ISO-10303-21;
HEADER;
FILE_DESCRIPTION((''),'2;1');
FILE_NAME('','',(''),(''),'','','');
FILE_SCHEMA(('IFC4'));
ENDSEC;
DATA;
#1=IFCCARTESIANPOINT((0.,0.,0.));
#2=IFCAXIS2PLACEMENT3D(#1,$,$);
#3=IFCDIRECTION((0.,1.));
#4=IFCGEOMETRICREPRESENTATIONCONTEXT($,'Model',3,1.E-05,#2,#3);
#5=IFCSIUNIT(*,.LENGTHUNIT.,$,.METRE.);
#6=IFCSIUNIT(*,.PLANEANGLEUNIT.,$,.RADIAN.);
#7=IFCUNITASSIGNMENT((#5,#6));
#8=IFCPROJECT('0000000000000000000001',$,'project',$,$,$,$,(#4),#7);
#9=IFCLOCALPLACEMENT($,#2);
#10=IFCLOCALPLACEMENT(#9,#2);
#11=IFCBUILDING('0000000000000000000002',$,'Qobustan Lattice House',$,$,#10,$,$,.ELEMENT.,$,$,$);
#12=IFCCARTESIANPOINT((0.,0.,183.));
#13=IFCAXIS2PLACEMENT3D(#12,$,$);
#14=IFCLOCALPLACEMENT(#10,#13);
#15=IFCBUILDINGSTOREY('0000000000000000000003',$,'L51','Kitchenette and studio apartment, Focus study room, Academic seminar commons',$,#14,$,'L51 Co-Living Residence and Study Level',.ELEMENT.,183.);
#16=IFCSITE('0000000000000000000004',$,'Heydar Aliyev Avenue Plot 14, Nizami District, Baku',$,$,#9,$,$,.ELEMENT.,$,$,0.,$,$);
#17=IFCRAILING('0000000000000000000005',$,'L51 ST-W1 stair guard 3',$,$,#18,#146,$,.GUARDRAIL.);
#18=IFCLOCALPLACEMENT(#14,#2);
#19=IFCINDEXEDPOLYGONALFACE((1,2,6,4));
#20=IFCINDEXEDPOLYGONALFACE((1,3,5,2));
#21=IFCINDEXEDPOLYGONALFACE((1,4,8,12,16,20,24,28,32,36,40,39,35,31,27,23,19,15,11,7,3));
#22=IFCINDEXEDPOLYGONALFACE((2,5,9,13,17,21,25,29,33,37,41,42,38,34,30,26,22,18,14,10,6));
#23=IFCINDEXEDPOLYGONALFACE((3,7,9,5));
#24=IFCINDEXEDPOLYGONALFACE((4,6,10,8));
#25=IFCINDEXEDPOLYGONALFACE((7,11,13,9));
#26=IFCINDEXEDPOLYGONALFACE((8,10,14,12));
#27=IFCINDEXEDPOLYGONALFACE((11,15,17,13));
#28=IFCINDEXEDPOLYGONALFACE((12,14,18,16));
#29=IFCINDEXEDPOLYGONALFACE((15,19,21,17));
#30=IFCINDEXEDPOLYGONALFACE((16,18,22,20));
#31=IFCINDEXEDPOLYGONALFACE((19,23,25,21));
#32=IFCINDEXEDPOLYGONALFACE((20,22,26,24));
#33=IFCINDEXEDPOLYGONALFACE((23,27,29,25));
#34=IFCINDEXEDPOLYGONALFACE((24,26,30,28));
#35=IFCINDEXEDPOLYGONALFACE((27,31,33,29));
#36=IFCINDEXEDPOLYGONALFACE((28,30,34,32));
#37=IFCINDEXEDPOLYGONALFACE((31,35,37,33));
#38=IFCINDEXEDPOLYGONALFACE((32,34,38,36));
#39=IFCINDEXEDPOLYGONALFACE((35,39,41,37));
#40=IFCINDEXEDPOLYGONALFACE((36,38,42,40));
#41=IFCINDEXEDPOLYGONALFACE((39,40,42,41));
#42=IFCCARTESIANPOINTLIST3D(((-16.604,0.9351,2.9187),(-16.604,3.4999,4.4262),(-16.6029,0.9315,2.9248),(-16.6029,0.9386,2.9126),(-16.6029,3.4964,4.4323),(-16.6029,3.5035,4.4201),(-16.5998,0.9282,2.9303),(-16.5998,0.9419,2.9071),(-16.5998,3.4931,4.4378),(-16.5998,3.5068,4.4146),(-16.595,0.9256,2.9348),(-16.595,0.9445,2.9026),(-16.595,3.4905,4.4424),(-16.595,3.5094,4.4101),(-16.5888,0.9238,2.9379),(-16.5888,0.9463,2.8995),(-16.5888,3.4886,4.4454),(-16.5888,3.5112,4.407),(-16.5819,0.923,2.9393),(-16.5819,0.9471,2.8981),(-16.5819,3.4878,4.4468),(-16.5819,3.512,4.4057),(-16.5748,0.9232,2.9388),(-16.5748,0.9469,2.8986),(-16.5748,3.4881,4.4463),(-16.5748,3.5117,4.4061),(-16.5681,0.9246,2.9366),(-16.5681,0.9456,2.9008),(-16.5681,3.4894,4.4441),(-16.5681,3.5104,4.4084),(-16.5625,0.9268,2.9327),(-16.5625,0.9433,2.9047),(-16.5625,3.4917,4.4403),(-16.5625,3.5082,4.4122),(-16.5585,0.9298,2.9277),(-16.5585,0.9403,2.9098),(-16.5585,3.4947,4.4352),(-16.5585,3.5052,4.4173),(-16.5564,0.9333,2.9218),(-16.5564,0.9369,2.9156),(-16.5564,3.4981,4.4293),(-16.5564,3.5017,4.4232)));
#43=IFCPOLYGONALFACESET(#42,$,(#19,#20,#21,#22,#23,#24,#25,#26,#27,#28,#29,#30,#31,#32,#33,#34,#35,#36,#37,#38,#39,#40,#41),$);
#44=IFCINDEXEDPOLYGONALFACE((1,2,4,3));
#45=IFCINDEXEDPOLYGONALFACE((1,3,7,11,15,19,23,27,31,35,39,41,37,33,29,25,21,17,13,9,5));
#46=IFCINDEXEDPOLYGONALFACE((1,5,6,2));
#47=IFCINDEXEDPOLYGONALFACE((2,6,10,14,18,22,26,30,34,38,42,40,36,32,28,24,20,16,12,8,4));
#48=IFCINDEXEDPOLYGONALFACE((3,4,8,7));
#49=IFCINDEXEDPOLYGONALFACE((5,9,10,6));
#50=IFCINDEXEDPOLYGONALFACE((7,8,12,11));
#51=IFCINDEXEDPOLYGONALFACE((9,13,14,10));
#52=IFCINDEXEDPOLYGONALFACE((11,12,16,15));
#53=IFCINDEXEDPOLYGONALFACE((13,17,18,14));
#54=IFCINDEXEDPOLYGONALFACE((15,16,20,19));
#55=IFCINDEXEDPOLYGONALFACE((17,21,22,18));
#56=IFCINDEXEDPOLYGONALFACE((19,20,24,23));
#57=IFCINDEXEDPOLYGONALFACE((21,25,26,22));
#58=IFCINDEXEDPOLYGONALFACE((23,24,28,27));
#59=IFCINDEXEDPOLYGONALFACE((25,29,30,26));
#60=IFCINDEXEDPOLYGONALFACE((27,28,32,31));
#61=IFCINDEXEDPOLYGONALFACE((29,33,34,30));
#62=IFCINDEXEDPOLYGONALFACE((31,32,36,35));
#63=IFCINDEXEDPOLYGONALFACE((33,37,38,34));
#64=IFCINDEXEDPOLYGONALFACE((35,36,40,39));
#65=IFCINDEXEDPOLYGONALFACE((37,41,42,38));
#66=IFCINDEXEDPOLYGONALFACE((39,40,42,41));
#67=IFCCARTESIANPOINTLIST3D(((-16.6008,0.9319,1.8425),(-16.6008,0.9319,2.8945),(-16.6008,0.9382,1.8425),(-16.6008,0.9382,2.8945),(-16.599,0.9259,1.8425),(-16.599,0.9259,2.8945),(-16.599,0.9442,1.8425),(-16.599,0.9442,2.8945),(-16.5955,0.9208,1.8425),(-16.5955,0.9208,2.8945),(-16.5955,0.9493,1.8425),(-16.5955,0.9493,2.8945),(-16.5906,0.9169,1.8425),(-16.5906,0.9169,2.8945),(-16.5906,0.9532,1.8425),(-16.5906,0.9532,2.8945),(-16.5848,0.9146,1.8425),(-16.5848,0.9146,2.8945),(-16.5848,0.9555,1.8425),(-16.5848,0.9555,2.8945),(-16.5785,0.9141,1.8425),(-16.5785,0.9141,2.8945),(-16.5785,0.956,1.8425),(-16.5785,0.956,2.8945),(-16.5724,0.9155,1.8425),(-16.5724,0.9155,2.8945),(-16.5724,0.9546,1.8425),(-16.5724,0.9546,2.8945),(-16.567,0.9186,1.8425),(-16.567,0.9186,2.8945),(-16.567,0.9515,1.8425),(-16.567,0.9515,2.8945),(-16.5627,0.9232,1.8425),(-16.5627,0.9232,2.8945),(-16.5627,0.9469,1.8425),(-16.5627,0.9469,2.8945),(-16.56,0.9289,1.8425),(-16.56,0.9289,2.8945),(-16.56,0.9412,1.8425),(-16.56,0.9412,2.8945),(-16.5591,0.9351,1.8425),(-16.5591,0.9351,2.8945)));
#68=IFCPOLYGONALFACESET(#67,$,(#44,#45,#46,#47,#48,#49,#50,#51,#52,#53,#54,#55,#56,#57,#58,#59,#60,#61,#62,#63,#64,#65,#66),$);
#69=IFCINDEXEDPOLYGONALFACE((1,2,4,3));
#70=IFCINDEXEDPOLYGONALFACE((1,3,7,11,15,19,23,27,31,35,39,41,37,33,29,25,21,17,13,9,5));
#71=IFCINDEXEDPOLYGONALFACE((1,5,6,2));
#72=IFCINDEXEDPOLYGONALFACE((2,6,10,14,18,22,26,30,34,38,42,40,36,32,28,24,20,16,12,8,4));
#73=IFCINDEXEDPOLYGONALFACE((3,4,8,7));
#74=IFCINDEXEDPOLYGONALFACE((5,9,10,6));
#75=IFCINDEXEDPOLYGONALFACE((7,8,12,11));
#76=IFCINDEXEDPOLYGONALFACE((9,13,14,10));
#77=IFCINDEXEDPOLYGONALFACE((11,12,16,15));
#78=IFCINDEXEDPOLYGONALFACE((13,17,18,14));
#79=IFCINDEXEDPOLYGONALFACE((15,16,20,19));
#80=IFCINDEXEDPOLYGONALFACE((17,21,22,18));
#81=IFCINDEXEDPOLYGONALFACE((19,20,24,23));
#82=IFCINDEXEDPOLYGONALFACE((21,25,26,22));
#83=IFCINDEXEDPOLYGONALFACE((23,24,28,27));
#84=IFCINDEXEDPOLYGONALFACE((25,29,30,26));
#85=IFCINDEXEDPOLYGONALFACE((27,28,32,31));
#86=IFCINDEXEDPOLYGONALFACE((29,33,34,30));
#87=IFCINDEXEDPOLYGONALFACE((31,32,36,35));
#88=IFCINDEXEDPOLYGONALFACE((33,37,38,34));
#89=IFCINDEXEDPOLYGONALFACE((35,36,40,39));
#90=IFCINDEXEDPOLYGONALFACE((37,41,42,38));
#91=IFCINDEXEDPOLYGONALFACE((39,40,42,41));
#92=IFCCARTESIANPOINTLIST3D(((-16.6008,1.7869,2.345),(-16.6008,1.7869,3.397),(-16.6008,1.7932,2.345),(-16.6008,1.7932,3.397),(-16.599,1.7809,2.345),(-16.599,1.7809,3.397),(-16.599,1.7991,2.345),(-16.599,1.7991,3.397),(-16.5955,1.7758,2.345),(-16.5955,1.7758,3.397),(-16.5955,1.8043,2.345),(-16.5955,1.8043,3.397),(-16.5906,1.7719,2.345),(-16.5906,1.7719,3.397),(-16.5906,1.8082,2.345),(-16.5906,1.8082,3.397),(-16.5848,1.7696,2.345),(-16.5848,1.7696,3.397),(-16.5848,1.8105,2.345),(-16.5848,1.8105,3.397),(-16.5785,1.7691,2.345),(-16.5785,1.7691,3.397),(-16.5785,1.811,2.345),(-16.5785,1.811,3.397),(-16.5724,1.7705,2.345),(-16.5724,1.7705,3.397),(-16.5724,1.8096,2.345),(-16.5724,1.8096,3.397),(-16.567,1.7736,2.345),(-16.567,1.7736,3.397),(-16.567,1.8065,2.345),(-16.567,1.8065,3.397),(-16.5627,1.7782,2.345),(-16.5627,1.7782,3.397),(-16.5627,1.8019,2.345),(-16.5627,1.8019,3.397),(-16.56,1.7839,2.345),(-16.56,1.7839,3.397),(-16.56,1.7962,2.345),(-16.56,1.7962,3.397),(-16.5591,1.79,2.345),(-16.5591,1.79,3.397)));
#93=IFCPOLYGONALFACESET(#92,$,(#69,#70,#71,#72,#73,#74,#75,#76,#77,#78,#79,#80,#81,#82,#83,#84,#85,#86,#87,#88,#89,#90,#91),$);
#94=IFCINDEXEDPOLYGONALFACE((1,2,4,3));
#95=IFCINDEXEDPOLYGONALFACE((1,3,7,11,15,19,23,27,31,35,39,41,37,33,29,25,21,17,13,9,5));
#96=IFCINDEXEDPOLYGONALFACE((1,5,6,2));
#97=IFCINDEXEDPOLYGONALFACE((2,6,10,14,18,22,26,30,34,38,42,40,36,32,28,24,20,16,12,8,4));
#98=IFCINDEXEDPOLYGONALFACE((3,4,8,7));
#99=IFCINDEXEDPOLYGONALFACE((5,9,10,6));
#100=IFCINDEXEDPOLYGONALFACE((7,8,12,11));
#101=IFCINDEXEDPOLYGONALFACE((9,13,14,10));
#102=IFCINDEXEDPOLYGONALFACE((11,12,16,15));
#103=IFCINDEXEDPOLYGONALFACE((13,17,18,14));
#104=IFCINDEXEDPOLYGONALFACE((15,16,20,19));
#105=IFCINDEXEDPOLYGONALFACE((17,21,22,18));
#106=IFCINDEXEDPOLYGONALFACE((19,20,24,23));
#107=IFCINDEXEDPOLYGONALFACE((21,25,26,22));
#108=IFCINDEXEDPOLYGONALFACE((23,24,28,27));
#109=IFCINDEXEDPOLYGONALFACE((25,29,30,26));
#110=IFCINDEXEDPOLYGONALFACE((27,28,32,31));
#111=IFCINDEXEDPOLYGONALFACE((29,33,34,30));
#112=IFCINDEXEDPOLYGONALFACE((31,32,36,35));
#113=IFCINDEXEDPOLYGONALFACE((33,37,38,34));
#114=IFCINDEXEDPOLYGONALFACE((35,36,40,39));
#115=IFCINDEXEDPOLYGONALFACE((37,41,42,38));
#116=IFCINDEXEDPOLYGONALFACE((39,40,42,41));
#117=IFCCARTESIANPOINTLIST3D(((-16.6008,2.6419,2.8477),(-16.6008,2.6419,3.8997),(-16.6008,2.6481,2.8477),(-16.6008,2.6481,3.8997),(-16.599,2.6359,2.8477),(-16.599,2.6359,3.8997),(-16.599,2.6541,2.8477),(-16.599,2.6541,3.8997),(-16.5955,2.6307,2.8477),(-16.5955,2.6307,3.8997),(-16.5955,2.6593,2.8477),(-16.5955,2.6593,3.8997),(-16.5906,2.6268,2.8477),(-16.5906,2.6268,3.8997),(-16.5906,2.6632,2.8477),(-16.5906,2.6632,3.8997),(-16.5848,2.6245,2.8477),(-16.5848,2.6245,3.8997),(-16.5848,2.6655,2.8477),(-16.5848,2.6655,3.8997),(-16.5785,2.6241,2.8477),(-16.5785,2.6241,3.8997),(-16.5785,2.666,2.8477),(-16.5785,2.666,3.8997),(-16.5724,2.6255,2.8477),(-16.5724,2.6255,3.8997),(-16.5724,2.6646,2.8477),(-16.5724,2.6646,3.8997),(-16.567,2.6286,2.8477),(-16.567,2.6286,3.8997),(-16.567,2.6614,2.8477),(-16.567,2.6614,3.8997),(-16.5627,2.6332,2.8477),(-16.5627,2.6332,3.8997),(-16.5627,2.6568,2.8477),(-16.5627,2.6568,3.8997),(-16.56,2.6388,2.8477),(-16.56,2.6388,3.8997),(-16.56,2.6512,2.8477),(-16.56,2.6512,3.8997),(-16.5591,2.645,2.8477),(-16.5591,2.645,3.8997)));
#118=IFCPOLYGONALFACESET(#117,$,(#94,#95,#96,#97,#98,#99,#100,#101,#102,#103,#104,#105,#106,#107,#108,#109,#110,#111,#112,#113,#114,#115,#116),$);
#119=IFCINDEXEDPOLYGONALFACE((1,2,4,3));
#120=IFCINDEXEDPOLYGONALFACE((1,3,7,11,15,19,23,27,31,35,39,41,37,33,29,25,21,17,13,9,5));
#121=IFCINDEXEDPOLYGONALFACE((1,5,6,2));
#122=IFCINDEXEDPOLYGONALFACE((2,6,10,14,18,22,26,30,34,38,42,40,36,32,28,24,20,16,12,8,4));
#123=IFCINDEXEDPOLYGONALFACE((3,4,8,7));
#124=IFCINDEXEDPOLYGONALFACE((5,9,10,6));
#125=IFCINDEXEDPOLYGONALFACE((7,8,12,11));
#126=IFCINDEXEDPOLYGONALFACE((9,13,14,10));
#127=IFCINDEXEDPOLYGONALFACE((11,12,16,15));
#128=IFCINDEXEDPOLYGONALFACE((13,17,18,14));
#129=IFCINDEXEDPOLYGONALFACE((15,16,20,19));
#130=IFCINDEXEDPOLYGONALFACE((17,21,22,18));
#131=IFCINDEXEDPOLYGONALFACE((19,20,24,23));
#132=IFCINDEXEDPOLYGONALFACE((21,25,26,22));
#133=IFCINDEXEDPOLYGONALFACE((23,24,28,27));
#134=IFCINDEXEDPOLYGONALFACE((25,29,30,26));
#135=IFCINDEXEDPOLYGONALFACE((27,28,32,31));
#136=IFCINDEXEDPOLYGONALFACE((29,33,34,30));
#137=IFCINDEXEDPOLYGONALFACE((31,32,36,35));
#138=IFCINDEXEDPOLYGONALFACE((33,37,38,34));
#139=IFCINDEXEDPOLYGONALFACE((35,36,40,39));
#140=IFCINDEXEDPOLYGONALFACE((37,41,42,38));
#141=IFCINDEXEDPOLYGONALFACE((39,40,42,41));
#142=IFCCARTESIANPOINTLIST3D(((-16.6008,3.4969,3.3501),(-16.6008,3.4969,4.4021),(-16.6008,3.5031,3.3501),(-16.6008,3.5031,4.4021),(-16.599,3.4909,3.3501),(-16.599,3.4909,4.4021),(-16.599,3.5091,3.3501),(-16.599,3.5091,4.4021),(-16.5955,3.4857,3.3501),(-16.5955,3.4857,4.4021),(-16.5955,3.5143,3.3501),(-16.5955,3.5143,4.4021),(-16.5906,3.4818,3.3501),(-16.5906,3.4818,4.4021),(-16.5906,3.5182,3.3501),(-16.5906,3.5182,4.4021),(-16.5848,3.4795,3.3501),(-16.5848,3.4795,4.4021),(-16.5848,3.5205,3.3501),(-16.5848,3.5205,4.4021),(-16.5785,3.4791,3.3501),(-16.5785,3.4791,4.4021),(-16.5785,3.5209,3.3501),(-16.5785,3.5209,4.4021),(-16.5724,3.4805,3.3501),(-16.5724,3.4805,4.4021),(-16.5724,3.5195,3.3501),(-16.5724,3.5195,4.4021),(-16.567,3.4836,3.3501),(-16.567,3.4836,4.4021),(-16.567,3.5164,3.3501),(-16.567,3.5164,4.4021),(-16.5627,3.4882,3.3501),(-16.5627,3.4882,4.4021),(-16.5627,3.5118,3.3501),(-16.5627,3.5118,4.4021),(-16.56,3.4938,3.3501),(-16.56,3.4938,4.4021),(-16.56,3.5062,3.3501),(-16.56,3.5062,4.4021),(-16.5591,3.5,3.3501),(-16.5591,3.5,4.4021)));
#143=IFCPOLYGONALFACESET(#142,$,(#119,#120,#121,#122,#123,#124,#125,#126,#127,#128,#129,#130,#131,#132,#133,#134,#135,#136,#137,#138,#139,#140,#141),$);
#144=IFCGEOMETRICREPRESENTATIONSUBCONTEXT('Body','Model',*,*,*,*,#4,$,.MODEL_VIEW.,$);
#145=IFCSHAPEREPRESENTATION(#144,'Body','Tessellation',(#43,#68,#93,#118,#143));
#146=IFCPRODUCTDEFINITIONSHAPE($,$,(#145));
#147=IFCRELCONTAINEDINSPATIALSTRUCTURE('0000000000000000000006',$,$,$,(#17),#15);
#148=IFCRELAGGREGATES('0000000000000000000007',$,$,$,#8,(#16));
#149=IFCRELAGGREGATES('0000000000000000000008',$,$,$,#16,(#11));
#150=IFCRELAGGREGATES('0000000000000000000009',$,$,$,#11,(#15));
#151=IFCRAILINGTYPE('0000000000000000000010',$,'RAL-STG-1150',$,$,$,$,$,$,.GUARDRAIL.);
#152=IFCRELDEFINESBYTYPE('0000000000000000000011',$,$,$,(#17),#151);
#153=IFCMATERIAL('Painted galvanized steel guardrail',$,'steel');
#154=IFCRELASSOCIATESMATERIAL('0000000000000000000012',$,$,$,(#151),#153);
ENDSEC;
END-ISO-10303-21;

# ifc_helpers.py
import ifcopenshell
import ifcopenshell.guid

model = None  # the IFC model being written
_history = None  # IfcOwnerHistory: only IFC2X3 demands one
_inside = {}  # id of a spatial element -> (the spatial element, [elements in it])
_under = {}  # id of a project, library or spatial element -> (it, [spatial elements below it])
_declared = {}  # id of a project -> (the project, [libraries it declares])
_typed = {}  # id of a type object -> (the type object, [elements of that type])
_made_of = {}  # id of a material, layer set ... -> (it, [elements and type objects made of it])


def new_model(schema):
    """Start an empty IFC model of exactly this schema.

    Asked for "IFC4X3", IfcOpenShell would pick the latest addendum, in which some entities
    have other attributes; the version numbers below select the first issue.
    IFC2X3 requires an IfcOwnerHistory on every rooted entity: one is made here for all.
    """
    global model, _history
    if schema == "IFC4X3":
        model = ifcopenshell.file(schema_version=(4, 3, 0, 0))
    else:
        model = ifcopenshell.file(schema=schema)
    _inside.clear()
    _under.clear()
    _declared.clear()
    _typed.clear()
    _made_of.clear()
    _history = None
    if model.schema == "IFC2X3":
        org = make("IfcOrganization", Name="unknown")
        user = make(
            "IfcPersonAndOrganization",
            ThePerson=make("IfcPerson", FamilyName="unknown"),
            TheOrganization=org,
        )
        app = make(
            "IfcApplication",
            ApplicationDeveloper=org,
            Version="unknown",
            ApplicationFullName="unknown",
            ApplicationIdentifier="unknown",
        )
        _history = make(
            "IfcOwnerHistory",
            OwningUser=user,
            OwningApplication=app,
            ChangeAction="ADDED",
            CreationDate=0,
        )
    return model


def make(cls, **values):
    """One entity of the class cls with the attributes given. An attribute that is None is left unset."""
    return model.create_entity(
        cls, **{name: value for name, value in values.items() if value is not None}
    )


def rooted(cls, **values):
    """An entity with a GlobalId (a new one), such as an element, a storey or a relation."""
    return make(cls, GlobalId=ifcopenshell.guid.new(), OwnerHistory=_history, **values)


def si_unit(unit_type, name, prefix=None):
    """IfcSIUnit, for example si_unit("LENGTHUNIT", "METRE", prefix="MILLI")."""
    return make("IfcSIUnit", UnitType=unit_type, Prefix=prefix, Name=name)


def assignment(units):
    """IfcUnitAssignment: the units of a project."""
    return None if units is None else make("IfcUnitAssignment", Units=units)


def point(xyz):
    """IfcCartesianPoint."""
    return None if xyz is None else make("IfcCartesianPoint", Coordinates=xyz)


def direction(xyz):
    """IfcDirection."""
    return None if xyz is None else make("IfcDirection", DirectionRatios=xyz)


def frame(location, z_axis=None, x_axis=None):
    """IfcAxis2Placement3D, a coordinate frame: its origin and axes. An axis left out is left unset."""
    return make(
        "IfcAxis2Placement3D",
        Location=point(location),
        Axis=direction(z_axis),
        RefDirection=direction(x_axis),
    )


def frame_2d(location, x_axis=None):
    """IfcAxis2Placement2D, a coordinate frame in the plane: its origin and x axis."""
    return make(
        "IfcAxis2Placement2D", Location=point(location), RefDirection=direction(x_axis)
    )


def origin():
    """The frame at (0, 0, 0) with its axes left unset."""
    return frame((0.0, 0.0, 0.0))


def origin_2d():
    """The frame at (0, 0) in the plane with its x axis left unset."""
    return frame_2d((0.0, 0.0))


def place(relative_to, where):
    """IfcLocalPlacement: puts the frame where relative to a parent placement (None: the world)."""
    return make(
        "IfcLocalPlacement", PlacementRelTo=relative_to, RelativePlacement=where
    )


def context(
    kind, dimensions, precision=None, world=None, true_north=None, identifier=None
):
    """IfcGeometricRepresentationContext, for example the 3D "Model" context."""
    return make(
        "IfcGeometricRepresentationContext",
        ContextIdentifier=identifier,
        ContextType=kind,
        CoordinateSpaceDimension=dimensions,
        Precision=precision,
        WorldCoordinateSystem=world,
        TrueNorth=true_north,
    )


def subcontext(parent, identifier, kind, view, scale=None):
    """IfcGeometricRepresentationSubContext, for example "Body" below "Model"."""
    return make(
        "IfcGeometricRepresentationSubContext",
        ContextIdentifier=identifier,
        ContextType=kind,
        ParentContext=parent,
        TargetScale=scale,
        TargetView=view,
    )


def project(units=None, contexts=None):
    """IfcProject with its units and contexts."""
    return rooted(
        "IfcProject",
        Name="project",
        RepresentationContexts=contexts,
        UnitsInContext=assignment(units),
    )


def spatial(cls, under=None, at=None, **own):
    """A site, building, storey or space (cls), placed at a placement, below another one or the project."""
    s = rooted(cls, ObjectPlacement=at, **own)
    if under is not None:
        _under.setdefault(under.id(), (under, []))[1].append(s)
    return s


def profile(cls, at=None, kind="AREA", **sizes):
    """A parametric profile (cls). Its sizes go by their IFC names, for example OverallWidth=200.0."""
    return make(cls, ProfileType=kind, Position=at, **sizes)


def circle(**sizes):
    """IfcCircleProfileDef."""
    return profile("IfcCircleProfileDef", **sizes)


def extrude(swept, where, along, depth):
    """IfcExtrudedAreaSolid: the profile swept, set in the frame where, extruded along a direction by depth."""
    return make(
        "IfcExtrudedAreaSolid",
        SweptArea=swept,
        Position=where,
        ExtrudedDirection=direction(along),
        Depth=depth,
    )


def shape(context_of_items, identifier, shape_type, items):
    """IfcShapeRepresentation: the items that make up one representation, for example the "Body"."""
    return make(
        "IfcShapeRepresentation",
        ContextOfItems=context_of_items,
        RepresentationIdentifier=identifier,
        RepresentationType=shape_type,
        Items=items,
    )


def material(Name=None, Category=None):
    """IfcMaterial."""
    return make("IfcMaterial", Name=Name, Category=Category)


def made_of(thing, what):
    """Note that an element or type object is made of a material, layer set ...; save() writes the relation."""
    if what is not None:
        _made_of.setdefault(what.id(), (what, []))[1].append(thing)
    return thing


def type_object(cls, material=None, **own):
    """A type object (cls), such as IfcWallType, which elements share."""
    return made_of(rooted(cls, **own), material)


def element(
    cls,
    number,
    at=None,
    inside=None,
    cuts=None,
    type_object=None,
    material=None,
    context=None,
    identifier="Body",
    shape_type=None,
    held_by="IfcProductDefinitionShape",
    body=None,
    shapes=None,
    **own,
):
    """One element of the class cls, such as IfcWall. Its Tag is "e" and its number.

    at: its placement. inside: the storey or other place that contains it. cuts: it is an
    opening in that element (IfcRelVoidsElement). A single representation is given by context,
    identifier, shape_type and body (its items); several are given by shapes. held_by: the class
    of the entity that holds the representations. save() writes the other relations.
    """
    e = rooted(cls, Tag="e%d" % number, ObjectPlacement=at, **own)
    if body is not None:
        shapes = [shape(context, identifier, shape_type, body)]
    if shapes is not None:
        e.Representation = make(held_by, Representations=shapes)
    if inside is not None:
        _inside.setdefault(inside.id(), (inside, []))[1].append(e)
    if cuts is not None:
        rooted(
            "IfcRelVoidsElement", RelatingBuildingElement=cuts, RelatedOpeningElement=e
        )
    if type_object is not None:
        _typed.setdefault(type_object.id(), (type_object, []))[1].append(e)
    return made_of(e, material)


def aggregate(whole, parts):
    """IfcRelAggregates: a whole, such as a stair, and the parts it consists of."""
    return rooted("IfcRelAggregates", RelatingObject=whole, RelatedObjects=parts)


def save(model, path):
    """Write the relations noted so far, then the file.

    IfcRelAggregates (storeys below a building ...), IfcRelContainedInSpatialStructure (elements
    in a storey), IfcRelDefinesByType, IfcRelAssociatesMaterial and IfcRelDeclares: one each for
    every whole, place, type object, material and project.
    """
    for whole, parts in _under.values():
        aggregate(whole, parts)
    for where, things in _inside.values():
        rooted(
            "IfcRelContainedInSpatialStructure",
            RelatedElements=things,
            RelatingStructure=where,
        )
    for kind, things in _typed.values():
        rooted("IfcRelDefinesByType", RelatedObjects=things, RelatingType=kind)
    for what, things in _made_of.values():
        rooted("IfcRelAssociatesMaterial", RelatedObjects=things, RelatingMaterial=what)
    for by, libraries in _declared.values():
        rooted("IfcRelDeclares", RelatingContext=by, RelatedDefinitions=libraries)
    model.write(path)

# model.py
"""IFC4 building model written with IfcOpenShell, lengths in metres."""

from ifc_helpers import new_model, si_unit, direction, frame, origin, origin_2d, place, context, subcontext, project, spatial, circle, extrude, material, type_object, element, save


model = new_model("IFC4")

# Units and contexts
model_context = context("Model", 3, precision=1e-05, world=origin(), true_north=direction((0.0, 1.0)))
body_context = subcontext(model_context, "Body", "Model", "MODEL_VIEW")
ifc_project = project(units=[si_unit("LENGTHUNIT", "METRE"), si_unit("PLANEANGLEUNIT", "RADIAN")], contexts=[model_context])

# Site, building, storey
site_placement = place(None, origin())
site = spatial("IfcSite", under=ifc_project, at=site_placement, Name="Heydar Aliyev Avenue Plot 14, Nizami District, Baku", CompositionType="ELEMENT", RefElevation=0.0)
building_placement = place(site_placement, origin())
building = spatial("IfcBuilding", under=site, at=building_placement, Name="Qobustan Lattice House", CompositionType="ELEMENT")
storey_placement = place(building_placement, frame((0.0, 0.0, 183.0)))
storey = spatial("IfcBuildingStorey", under=building, at=storey_placement, Name="L51", Description="Kitchenette and studio apartment, Focus study room, Academic seminar commons", LongName="L51 Co-Living Residence and Study Level", CompositionType="ELEMENT", Elevation=183.0)

# Railing
ifc_material_1 = material(Name="Painted galvanized steel guardrail", Category="steel")
railing_type_1 = type_object("IfcRailingType", Name="RAL-STG-1150", PredefinedType="GUARDRAIL", material=ifc_material_1)
railing_1_placement = place(storey_placement, frame((-16.5801, 0.9351, 1.8425)))
element("IfcRailing", 1, at=railing_1_placement, inside=storey, type_object=railing_type_1, Name="L51 ST-W1 stair guard 3", PredefinedType="GUARDRAIL", context=body_context, shape_type="SweptSolid", body=[
    extrude(circle(Radius=0.0239, at=origin_2d()), frame((0.0, 0.0, 1.0762), z_axis=(0.0, 0.862113, 0.506715), x_axis=(-1.0, 0.0, 0.0)), (0.0, 0.0, 1.0), 2.9751),
    extrude(circle(Radius=0.021, at=origin_2d()), origin(), (0.0, 0.0, 1.0), 1.052),
    extrude(circle(Radius=0.021, at=origin_2d()), frame((0.0, 0.855, 0.5024)), (0.0, 0.0, 1.0), 1.052),
    extrude(circle(Radius=0.021, at=origin_2d()), frame((0.0, 1.71, 1.0051)), (0.0, 0.0, 1.0), 1.052),
    extrude(circle(Radius=0.021, at=origin_2d()), frame((0.0, 2.5649, 1.5076)), (0.0, 0.0, 1.0), 1.052),
])

save(model, "model.ifc")
